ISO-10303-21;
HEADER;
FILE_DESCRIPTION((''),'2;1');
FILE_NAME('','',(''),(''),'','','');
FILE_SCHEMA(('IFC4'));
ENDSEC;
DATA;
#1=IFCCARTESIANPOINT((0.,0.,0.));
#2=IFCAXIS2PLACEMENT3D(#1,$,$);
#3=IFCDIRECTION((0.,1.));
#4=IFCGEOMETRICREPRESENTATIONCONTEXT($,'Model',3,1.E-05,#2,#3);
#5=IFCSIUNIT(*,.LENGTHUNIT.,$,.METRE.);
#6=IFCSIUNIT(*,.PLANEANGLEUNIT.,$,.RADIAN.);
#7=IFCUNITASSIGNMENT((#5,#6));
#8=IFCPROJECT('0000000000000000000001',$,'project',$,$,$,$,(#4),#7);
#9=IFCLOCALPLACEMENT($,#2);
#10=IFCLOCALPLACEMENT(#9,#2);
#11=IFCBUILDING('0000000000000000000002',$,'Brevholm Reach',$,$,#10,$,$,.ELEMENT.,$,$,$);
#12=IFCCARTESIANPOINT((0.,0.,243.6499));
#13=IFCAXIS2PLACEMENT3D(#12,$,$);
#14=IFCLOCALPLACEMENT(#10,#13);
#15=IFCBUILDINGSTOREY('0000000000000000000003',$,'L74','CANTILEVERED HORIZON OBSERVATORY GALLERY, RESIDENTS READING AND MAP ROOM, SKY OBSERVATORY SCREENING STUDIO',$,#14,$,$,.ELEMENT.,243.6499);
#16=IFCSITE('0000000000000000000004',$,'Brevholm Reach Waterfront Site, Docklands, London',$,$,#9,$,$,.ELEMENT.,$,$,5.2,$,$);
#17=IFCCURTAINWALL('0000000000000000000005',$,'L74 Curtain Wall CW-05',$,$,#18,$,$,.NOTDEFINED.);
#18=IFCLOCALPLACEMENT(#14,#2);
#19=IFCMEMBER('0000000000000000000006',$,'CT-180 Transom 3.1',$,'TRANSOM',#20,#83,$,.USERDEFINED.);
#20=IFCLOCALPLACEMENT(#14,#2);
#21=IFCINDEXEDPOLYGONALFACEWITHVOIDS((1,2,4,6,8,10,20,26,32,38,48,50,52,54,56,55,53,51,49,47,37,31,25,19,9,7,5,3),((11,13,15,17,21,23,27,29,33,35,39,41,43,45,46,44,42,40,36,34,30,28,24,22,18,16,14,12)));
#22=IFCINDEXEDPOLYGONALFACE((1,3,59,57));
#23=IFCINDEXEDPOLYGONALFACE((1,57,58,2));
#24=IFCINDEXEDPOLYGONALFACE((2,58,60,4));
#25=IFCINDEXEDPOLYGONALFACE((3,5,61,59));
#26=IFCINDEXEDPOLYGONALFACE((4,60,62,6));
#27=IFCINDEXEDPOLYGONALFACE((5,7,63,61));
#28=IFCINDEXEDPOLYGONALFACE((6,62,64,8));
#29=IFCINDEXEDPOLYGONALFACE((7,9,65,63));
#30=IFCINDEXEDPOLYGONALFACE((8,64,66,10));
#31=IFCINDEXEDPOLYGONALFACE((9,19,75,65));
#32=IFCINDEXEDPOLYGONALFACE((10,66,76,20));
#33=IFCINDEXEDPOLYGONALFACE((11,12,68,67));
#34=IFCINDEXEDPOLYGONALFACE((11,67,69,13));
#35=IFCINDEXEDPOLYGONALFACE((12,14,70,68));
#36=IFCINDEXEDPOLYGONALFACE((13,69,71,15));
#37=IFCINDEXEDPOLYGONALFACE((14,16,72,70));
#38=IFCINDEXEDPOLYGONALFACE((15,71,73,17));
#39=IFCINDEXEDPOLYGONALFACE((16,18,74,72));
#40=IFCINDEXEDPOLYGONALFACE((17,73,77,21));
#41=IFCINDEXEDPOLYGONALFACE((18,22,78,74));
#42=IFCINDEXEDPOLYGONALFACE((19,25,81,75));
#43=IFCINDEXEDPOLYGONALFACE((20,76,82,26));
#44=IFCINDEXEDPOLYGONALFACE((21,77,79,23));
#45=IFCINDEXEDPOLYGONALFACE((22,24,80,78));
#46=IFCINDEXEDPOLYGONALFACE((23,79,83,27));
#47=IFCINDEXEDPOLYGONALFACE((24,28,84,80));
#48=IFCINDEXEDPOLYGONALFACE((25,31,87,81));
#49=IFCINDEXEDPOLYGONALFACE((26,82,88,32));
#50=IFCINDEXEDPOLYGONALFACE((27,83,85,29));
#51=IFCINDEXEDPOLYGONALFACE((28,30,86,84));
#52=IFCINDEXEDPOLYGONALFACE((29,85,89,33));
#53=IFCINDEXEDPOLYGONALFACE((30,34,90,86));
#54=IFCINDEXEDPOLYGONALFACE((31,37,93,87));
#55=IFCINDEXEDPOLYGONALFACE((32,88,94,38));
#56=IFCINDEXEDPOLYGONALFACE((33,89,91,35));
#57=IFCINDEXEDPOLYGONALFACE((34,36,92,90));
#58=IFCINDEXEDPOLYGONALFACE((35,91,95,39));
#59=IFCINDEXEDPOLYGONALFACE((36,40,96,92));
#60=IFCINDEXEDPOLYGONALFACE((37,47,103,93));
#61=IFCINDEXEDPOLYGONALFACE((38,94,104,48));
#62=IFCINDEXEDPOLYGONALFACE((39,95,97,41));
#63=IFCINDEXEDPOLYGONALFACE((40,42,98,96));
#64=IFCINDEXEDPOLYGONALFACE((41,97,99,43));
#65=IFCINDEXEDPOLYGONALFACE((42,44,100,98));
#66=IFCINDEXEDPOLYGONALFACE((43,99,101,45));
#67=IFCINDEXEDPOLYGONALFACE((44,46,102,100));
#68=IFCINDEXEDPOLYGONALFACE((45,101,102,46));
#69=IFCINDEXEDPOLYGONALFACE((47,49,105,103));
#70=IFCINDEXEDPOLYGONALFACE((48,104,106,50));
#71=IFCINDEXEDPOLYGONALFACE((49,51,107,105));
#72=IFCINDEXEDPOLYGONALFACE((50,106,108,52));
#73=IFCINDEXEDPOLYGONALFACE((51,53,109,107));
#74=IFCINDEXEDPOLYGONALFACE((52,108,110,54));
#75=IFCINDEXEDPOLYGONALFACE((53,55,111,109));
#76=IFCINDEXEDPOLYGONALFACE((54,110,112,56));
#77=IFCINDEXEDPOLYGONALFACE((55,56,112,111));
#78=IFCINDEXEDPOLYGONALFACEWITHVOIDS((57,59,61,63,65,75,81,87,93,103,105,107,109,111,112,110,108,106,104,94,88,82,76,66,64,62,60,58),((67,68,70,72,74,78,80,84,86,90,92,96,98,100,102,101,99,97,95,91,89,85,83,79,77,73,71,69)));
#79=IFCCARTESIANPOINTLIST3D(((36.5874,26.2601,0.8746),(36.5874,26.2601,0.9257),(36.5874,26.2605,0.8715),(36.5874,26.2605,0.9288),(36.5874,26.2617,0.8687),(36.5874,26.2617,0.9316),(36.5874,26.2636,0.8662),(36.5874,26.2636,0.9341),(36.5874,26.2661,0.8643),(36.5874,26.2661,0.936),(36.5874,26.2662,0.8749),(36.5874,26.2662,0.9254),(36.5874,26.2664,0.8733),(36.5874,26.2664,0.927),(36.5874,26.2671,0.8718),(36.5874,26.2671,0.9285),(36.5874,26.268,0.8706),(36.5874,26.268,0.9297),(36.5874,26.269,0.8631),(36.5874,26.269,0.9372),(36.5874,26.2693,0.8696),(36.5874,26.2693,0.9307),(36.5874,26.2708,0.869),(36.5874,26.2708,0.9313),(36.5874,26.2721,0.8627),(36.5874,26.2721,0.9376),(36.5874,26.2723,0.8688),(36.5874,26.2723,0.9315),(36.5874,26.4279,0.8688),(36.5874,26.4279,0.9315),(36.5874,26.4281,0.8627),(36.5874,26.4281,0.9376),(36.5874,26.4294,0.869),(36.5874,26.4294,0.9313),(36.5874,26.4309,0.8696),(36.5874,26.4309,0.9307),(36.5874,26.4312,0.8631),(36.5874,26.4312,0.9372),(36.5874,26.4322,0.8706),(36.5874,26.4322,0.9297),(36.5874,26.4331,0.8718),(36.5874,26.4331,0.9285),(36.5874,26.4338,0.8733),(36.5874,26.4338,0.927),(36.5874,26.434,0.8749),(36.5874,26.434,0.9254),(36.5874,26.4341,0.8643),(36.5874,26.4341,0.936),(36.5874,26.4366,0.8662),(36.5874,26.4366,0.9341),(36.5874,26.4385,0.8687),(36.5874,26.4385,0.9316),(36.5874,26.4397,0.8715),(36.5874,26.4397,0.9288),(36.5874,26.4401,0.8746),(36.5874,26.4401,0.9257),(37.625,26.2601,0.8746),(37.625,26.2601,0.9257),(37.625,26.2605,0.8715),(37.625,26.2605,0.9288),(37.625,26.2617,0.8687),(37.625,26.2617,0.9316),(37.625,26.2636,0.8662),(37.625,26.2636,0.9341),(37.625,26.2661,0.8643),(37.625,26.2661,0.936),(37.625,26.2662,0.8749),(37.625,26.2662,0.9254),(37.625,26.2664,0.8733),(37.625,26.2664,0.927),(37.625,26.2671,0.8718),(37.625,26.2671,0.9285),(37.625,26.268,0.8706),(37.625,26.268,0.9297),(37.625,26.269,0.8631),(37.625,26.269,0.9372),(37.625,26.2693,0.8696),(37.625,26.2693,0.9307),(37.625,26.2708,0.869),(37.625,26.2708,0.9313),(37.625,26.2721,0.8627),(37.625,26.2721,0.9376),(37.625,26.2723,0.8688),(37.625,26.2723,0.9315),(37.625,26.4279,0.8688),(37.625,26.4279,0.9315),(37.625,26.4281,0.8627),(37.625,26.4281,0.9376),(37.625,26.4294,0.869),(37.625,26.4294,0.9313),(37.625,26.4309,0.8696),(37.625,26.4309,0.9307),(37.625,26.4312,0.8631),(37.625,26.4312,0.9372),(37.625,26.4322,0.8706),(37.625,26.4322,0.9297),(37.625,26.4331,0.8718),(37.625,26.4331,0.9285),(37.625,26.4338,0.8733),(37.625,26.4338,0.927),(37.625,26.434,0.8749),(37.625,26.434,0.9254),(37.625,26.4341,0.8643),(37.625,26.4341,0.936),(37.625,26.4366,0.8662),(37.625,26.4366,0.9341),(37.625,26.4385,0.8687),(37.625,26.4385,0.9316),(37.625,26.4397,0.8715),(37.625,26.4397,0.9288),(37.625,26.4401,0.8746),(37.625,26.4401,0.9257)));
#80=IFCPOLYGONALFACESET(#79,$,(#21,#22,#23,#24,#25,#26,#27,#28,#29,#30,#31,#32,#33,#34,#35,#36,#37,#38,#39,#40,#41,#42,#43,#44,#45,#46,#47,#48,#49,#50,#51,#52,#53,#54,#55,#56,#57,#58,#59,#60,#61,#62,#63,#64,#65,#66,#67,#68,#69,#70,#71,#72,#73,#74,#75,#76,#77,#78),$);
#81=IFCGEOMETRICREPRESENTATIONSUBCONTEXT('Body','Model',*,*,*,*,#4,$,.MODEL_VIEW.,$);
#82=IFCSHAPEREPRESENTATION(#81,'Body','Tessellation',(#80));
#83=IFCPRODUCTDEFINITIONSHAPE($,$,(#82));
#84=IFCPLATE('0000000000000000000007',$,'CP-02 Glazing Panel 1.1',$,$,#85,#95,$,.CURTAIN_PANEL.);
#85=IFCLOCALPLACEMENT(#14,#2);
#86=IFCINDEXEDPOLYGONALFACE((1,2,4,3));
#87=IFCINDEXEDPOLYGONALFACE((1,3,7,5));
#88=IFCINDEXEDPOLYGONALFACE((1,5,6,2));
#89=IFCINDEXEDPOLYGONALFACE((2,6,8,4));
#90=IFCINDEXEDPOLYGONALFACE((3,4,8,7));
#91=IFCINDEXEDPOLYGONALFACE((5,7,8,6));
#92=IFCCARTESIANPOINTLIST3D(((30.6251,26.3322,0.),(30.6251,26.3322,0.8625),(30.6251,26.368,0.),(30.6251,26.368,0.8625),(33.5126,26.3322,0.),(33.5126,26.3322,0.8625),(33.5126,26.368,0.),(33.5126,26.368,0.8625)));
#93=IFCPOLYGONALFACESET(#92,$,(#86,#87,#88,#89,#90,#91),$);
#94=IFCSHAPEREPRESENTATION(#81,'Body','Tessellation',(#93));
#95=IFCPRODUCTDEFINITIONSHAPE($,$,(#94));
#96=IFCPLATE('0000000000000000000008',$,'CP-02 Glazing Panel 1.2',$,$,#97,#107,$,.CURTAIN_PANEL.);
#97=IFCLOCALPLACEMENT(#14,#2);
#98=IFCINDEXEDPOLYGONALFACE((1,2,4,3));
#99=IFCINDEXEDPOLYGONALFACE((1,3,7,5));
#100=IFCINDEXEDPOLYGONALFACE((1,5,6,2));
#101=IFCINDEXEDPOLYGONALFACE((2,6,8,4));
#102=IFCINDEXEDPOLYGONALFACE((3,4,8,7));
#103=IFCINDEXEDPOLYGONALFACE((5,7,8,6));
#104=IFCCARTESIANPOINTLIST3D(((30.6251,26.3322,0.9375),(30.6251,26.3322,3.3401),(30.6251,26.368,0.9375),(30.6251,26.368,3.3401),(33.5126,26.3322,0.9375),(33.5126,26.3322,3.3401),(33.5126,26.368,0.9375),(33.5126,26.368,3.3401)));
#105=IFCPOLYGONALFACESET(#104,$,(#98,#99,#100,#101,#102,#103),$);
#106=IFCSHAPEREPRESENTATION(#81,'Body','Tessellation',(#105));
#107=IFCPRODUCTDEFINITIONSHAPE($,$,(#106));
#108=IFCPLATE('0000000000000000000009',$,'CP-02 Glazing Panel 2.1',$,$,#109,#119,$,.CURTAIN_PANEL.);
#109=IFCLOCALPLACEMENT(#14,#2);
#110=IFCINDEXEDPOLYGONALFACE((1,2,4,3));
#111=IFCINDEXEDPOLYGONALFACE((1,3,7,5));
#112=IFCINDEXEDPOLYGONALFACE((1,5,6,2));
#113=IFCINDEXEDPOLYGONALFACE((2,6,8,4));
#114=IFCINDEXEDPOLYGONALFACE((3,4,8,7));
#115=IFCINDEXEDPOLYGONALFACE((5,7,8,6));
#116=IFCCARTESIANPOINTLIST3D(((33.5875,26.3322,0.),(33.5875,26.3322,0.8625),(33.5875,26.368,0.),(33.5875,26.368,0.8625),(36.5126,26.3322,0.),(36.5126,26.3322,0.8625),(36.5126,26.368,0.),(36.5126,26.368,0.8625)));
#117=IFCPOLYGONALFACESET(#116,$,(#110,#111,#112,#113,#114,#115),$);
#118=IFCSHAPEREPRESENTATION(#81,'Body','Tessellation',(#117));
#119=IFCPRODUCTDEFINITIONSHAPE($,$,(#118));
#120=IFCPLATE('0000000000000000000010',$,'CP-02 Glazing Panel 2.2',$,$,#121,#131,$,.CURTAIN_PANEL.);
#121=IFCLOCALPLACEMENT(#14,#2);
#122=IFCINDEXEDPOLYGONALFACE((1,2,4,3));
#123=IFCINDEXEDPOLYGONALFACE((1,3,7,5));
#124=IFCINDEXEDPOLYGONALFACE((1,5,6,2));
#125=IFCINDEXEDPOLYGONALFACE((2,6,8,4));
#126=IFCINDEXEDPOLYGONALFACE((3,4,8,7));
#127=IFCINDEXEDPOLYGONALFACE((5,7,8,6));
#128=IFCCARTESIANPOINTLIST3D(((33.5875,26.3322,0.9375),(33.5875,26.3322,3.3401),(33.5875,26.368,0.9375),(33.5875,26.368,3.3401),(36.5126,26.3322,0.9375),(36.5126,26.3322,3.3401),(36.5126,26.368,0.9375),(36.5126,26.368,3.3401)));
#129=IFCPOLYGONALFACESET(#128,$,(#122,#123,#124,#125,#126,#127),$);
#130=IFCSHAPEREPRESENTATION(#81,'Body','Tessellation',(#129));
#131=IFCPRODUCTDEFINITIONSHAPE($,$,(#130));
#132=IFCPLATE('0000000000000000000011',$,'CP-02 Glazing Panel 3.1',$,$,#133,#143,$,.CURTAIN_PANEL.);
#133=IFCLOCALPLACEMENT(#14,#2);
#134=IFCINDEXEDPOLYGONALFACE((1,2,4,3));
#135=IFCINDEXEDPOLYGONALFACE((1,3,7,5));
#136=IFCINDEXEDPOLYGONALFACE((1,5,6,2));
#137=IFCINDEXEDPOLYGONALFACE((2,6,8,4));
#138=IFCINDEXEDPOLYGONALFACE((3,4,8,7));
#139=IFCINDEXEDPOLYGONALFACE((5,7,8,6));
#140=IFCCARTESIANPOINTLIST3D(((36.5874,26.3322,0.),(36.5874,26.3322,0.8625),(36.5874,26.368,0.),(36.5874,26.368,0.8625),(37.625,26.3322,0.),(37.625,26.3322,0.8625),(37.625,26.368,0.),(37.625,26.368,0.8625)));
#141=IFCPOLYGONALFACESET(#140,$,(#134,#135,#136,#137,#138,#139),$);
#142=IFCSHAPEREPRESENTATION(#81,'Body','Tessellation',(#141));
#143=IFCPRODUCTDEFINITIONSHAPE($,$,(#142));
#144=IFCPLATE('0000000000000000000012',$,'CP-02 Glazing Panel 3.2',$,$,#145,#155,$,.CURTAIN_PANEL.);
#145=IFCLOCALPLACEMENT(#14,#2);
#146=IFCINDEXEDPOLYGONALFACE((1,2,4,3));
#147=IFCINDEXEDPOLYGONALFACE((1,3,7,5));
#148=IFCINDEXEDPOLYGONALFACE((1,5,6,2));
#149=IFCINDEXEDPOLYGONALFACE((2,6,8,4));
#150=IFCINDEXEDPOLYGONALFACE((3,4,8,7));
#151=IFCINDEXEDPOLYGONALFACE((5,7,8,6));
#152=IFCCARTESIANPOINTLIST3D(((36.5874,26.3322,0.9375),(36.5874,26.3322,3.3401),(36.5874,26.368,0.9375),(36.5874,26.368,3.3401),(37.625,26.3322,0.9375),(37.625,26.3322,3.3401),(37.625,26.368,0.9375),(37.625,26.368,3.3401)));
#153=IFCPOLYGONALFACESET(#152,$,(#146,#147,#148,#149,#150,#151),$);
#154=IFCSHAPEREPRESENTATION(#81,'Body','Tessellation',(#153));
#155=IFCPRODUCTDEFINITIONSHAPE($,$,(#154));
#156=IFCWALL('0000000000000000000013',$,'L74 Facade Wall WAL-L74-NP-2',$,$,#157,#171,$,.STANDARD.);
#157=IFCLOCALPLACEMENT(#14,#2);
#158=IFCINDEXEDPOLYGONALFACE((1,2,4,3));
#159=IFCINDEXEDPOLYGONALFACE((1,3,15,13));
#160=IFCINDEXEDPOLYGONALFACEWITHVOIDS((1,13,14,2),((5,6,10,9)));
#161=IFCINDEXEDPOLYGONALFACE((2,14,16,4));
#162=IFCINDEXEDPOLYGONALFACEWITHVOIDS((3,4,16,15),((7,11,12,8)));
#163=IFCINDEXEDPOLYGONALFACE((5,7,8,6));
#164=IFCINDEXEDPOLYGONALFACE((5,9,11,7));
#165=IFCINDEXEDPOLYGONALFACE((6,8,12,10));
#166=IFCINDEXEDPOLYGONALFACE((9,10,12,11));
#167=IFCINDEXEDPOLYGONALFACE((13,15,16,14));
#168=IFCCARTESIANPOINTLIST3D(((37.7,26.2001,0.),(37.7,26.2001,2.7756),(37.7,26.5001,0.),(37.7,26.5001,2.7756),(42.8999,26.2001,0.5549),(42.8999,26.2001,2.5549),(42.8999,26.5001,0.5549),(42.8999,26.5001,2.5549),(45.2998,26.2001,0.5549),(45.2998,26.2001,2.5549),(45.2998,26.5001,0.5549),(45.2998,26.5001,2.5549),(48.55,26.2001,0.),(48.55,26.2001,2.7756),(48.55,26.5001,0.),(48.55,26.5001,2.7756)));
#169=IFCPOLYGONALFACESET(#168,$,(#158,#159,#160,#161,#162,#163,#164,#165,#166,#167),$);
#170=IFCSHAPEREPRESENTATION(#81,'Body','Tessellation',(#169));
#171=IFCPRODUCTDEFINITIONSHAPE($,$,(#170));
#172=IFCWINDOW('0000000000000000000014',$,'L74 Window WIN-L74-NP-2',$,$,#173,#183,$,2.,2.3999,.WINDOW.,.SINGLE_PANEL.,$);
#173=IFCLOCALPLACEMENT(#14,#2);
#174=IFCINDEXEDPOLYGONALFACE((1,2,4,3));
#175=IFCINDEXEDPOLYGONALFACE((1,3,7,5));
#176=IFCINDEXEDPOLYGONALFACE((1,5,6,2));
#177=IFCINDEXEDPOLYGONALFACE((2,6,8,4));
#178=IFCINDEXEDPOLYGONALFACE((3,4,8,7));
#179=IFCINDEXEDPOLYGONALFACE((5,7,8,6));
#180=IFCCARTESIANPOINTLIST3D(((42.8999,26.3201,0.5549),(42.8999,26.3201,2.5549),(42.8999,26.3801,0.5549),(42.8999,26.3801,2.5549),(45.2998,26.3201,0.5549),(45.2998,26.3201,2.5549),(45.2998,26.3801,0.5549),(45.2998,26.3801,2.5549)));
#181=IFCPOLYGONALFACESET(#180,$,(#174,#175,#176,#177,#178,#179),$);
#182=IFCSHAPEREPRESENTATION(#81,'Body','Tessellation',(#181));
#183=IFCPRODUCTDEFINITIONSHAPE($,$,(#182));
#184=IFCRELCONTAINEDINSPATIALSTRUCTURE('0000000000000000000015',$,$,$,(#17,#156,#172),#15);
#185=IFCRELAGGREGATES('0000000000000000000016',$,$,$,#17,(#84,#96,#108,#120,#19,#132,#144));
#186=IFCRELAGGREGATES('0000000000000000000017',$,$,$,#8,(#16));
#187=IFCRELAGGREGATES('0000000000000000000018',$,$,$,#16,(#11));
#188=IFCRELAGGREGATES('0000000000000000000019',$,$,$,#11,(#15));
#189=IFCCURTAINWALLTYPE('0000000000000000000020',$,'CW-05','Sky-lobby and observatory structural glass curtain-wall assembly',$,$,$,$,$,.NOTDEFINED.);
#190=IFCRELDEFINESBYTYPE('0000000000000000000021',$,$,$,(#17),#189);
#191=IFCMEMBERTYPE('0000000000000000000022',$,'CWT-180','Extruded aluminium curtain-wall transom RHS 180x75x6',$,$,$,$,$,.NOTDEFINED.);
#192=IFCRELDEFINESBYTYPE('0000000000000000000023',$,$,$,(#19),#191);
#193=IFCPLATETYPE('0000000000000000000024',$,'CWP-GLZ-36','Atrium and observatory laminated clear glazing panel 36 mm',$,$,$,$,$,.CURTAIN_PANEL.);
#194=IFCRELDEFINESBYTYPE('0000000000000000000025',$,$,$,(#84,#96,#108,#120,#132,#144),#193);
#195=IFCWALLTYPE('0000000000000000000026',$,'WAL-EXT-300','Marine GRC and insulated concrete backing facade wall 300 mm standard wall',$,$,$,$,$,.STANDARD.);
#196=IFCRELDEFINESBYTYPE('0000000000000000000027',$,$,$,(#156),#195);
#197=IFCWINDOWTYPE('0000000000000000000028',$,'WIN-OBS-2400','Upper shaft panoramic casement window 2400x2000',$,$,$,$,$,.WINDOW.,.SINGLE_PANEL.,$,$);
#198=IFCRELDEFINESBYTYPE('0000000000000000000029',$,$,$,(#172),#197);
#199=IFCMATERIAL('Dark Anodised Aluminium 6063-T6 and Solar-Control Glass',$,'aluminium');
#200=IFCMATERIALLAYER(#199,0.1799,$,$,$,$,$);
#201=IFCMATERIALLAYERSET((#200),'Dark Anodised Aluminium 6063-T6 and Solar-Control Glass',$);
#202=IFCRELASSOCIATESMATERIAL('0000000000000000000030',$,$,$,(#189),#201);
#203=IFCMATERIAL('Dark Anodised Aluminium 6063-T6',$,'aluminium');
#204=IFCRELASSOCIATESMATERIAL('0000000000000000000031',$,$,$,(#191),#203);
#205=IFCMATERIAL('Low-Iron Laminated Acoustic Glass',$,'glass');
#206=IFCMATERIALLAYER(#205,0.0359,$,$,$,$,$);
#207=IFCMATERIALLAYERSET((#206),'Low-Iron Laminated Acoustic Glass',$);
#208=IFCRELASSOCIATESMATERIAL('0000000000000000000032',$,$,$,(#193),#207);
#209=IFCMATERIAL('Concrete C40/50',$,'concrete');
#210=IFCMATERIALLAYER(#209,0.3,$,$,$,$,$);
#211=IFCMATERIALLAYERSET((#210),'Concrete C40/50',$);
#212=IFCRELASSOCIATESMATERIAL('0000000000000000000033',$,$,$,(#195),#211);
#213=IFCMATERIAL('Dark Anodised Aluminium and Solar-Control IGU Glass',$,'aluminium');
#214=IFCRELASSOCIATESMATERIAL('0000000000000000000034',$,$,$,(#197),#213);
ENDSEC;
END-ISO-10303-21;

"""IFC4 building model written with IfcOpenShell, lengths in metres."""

from ifc_helpers import new_model, si_unit, direction, frame, frame_2d, origin, origin_2d, place, context, subcontext, project, spatial, rectangle, hollow_rectangle, extrude, material, layer, layer_set, material_profile, profile_set, type_object, element, fill, aggregate, save


model = new_model("IFC4")

# Units and contexts
model_context = context("Model", 3, precision=1e-05, world=origin(), true_north=direction((0.0, 1.0)))
body_context = subcontext(model_context, "Body", "Model", "MODEL_VIEW")
ifc_project = project(units=[si_unit("LENGTHUNIT", "METRE"), si_unit("PLANEANGLEUNIT", "RADIAN")], contexts=[model_context])

# Site, building, storey
site_placement = place(None, origin())
site = spatial("IfcSite", under=ifc_project, at=site_placement, Name="Brevholm Reach Waterfront Site, Docklands, London", CompositionType="ELEMENT", RefElevation=5.2)
building_placement = place(site_placement, origin())
building = spatial("IfcBuilding", under=site, at=building_placement, Name="Brevholm Reach", CompositionType="ELEMENT")
storey_placement = place(building_placement, frame((0.0, 0.0, 243.6499)))
storey = spatial("IfcBuildingStorey", under=building, at=storey_placement, Name="L74", Description="CANTILEVERED HORIZON OBSERVATORY GALLERY, RESIDENTS READING AND MAP ROOM, SKY OBSERVATORY SCREENING STUDIO", CompositionType="ELEMENT", Elevation=243.6499)

# Curtain wall, member, plates
ifc_material_1 = material(Name="Dark Anodised Aluminium 6063-T6 and Solar-Control Glass", Category="aluminium")
ifc_layer_1 = layer(ifc_material_1, 0.1799)
ifc_layer_set_1 = layer_set([ifc_layer_1], Name="Dark Anodised Aluminium 6063-T6 and Solar-Control Glass")
curtain_wall_type = type_object("IfcCurtainWallType", Name="CW-05", Description="Sky-lobby and observatory structural glass curtain-wall assembly", PredefinedType="NOTDEFINED", material=ifc_layer_set_1)
curtain_wall_placement = place(storey_placement, origin())
curtain_wall = element("IfcCurtainWall", 1, at=curtain_wall_placement, inside=storey, type_object=curtain_wall_type, Name="L74 Curtain Wall CW-05", PredefinedType="NOTDEFINED")
ifc_material_2 = material(Name="Dark Anodised Aluminium 6063-T6", Category="aluminium")
ifc_material_profile_1 = material_profile(ifc_material_2, hollow_rectangle(XDim=0.075, YDim=0.1799, WallThickness=0.0061, InnerFilletRadius=0.0061, OuterFilletRadius=0.012, at=origin_2d()), Name="RHS 180x75x6")
ifc_profile_set_1 = profile_set([ifc_material_profile_1], Name="Dark Anodised Aluminium 6063-T6")
member_type_1 = type_object("IfcMemberType", Name="CWT-180", Description="Extruded aluminium curtain-wall transom RHS 180x75x6", PredefinedType="NOTDEFINED", material=ifc_profile_set_1)
member_1_placement = place(storey_placement, frame((36.5874, 26.3501, 0.9001), z_axis=(1.0, 0.0, 0.0), x_axis=(0.0, 0.0, 1.0)))
member_1 = element("IfcMember", 2, at=member_1_placement, type_object=member_type_1, Name="CT-180 Transom 3.1", ObjectType="TRANSOM", PredefinedType="USERDEFINED", context=body_context, shape_type="SweptSolid", body=[
    extrude(hollow_rectangle(XDim=0.075, YDim=0.1799, WallThickness=0.0061, InnerFilletRadius=0.0061, OuterFilletRadius=0.012, at=origin_2d()), origin(), (0.0, 0.0, 1.0), 1.0376),
])
ifc_material_3 = material(Name="Low-Iron Laminated Acoustic Glass", Category="glass")
ifc_layer_2 = layer(ifc_material_3, 0.0359)
ifc_layer_set_2 = layer_set([ifc_layer_2], Name="Low-Iron Laminated Acoustic Glass")
plate_type = type_object("IfcPlateType", Name="CWP-GLZ-36", Description="Atrium and observatory laminated clear glazing panel 36 mm", PredefinedType="CURTAIN_PANEL", material=ifc_layer_set_2)
plate_1_placement = place(storey_placement, frame((32.0688, 26.3501, 0.0), z_axis=(0.0, 0.0, 1.0), x_axis=(1.0, 0.0, 0.0)))
plate_1 = element("IfcPlate", 3, at=plate_1_placement, type_object=plate_type, Name="CP-02 Glazing Panel 1.1", PredefinedType="CURTAIN_PANEL", context=body_context, shape_type="SweptSolid", body=[
    extrude(rectangle(XDim=2.8875, YDim=0.0359, at=origin_2d()), origin(), (0.0, 0.0, 1.0), 0.8625),
])
plate_2_placement = place(storey_placement, frame((32.0688, 26.3501, 0.9375), z_axis=(0.0, 0.0, 1.0), x_axis=(1.0, 0.0, 0.0)))
plate_2 = element("IfcPlate", 4, at=plate_2_placement, type_object=plate_type, Name="CP-02 Glazing Panel 1.2", PredefinedType="CURTAIN_PANEL", context=body_context, shape_type="SweptSolid", body=[
    extrude(rectangle(XDim=2.8875, YDim=0.0359, at=origin_2d()), origin(), (0.0, 0.0, 1.0), 2.4026),
])
plate_3_placement = place(storey_placement, frame((35.05, 26.3501, 0.0), z_axis=(0.0, 0.0, 1.0), x_axis=(1.0, 0.0, 0.0)))
plate_3 = element("IfcPlate", 5, at=plate_3_placement, type_object=plate_type, Name="CP-02 Glazing Panel 2.1", PredefinedType="CURTAIN_PANEL", context=body_context, shape_type="SweptSolid", body=[
    extrude(rectangle(XDim=2.925, YDim=0.0359, at=origin_2d()), origin(), (0.0, 0.0, 1.0), 0.8625),
])
plate_4_placement = place(storey_placement, frame((35.05, 26.3501, 0.9375), z_axis=(0.0, 0.0, 1.0), x_axis=(1.0, 0.0, 0.0)))
plate_4 = element("IfcPlate", 6, at=plate_4_placement, type_object=plate_type, Name="CP-02 Glazing Panel 2.2", PredefinedType="CURTAIN_PANEL", context=body_context, shape_type="SweptSolid", body=[
    extrude(rectangle(XDim=2.925, YDim=0.0359, at=origin_2d()), origin(), (0.0, 0.0, 1.0), 2.4026),
])
plate_5_placement = place(storey_placement, frame((37.1062, 26.3501, 0.0), z_axis=(0.0, 0.0, 1.0), x_axis=(1.0, 0.0, 0.0)))
plate_5 = element("IfcPlate", 7, at=plate_5_placement, type_object=plate_type, Name="CP-02 Glazing Panel 3.1", PredefinedType="CURTAIN_PANEL", context=body_context, shape_type="SweptSolid", body=[
    extrude(rectangle(XDim=1.0376, YDim=0.0359, at=origin_2d()), origin(), (0.0, 0.0, 1.0), 0.8625),
])
plate_6_placement = place(storey_placement, frame((37.1062, 26.3501, 0.9375), z_axis=(0.0, 0.0, 1.0), x_axis=(1.0, 0.0, 0.0)))
plate_6 = element("IfcPlate", 8, at=plate_6_placement, type_object=plate_type, Name="CP-02 Glazing Panel 3.2", PredefinedType="CURTAIN_PANEL", context=body_context, shape_type="SweptSolid", body=[
    extrude(rectangle(XDim=1.0376, YDim=0.0359, at=origin_2d()), origin(), (0.0, 0.0, 1.0), 2.4026),
])
aggregate(curtain_wall, [plate_1, plate_2, plate_3, plate_4, member_1, plate_5, plate_6])

# Wall, opening, window
ifc_material_4 = material(Name="Concrete C40/50", Category="concrete")
ifc_layer_3 = layer(ifc_material_4, 0.3)
ifc_layer_set_3 = layer_set([ifc_layer_3], Name="Concrete C40/50")
wall_type = type_object("IfcWallType", Name="WAL-EXT-300", Description="Marine GRC and insulated concrete backing facade wall 300 mm standard wall", PredefinedType="STANDARD", material=ifc_layer_set_3)
wall_placement = place(storey_placement, frame((37.7, 26.3501, 0.0), z_axis=(0.0, 0.0, 1.0), x_axis=(1.0, 0.0, 0.0)))
wall = element("IfcWall", 9, at=wall_placement, inside=storey, type_object=wall_type, Name="L74 Facade Wall WAL-L74-NP-2", PredefinedType="STANDARD", context=body_context, shape_type="SweptSolid", body=[
    extrude(rectangle(XDim=10.8501, YDim=0.3, at=frame_2d((5.425, 0.0))), origin(), (0.0, 0.0, 1.0), 2.7756),
])
opening_placement = place(wall_placement, frame((5.2, 0.0, 0.5549)))
opening = element("IfcOpeningElement", 10, at=opening_placement, cuts=wall, PredefinedType="OPENING", context=body_context, shape_type="SweptSolid", body=[
    extrude(rectangle(XDim=2.3999, YDim=2.0, at=frame_2d((1.2, 1.0))), frame((0.0, 0.1599, 0.0), z_axis=(0.0, -1.0, 0.0), x_axis=(1.0, 0.0, 0.0)), (0.0, 0.0, 1.0), 0.3201),
])
ifc_material_5 = material(Name="Dark Anodised Aluminium and Solar-Control IGU Glass", Category="aluminium")
window_type = type_object("IfcWindowType", Name="WIN-OBS-2400", Description="Upper shaft panoramic casement window 2400x2000", PartitioningType="SINGLE_PANEL", PredefinedType="WINDOW", material=ifc_material_5)
window_placement = place(opening_placement, origin())
window = element("IfcWindow", 11, at=window_placement, inside=storey, type_object=window_type, Name="L74 Window WIN-L74-NP-2", OverallHeight=2.0, OverallWidth=2.3999, PartitioningType="SINGLE_PANEL", PredefinedType="WINDOW", context=body_context, shape_type="SweptSolid", body=[
    extrude(rectangle(XDim=2.3999, YDim=2.0, at=frame_2d((1.2, 1.0))), frame((0.0, 0.03, 0.0), z_axis=(0.0, -1.0, 0.0), x_axis=(1.0, 0.0, 0.0)), (0.0, 0.0, 1.0), 0.0601),
])
fill(opening, window)

save(model, "model.ifc")
